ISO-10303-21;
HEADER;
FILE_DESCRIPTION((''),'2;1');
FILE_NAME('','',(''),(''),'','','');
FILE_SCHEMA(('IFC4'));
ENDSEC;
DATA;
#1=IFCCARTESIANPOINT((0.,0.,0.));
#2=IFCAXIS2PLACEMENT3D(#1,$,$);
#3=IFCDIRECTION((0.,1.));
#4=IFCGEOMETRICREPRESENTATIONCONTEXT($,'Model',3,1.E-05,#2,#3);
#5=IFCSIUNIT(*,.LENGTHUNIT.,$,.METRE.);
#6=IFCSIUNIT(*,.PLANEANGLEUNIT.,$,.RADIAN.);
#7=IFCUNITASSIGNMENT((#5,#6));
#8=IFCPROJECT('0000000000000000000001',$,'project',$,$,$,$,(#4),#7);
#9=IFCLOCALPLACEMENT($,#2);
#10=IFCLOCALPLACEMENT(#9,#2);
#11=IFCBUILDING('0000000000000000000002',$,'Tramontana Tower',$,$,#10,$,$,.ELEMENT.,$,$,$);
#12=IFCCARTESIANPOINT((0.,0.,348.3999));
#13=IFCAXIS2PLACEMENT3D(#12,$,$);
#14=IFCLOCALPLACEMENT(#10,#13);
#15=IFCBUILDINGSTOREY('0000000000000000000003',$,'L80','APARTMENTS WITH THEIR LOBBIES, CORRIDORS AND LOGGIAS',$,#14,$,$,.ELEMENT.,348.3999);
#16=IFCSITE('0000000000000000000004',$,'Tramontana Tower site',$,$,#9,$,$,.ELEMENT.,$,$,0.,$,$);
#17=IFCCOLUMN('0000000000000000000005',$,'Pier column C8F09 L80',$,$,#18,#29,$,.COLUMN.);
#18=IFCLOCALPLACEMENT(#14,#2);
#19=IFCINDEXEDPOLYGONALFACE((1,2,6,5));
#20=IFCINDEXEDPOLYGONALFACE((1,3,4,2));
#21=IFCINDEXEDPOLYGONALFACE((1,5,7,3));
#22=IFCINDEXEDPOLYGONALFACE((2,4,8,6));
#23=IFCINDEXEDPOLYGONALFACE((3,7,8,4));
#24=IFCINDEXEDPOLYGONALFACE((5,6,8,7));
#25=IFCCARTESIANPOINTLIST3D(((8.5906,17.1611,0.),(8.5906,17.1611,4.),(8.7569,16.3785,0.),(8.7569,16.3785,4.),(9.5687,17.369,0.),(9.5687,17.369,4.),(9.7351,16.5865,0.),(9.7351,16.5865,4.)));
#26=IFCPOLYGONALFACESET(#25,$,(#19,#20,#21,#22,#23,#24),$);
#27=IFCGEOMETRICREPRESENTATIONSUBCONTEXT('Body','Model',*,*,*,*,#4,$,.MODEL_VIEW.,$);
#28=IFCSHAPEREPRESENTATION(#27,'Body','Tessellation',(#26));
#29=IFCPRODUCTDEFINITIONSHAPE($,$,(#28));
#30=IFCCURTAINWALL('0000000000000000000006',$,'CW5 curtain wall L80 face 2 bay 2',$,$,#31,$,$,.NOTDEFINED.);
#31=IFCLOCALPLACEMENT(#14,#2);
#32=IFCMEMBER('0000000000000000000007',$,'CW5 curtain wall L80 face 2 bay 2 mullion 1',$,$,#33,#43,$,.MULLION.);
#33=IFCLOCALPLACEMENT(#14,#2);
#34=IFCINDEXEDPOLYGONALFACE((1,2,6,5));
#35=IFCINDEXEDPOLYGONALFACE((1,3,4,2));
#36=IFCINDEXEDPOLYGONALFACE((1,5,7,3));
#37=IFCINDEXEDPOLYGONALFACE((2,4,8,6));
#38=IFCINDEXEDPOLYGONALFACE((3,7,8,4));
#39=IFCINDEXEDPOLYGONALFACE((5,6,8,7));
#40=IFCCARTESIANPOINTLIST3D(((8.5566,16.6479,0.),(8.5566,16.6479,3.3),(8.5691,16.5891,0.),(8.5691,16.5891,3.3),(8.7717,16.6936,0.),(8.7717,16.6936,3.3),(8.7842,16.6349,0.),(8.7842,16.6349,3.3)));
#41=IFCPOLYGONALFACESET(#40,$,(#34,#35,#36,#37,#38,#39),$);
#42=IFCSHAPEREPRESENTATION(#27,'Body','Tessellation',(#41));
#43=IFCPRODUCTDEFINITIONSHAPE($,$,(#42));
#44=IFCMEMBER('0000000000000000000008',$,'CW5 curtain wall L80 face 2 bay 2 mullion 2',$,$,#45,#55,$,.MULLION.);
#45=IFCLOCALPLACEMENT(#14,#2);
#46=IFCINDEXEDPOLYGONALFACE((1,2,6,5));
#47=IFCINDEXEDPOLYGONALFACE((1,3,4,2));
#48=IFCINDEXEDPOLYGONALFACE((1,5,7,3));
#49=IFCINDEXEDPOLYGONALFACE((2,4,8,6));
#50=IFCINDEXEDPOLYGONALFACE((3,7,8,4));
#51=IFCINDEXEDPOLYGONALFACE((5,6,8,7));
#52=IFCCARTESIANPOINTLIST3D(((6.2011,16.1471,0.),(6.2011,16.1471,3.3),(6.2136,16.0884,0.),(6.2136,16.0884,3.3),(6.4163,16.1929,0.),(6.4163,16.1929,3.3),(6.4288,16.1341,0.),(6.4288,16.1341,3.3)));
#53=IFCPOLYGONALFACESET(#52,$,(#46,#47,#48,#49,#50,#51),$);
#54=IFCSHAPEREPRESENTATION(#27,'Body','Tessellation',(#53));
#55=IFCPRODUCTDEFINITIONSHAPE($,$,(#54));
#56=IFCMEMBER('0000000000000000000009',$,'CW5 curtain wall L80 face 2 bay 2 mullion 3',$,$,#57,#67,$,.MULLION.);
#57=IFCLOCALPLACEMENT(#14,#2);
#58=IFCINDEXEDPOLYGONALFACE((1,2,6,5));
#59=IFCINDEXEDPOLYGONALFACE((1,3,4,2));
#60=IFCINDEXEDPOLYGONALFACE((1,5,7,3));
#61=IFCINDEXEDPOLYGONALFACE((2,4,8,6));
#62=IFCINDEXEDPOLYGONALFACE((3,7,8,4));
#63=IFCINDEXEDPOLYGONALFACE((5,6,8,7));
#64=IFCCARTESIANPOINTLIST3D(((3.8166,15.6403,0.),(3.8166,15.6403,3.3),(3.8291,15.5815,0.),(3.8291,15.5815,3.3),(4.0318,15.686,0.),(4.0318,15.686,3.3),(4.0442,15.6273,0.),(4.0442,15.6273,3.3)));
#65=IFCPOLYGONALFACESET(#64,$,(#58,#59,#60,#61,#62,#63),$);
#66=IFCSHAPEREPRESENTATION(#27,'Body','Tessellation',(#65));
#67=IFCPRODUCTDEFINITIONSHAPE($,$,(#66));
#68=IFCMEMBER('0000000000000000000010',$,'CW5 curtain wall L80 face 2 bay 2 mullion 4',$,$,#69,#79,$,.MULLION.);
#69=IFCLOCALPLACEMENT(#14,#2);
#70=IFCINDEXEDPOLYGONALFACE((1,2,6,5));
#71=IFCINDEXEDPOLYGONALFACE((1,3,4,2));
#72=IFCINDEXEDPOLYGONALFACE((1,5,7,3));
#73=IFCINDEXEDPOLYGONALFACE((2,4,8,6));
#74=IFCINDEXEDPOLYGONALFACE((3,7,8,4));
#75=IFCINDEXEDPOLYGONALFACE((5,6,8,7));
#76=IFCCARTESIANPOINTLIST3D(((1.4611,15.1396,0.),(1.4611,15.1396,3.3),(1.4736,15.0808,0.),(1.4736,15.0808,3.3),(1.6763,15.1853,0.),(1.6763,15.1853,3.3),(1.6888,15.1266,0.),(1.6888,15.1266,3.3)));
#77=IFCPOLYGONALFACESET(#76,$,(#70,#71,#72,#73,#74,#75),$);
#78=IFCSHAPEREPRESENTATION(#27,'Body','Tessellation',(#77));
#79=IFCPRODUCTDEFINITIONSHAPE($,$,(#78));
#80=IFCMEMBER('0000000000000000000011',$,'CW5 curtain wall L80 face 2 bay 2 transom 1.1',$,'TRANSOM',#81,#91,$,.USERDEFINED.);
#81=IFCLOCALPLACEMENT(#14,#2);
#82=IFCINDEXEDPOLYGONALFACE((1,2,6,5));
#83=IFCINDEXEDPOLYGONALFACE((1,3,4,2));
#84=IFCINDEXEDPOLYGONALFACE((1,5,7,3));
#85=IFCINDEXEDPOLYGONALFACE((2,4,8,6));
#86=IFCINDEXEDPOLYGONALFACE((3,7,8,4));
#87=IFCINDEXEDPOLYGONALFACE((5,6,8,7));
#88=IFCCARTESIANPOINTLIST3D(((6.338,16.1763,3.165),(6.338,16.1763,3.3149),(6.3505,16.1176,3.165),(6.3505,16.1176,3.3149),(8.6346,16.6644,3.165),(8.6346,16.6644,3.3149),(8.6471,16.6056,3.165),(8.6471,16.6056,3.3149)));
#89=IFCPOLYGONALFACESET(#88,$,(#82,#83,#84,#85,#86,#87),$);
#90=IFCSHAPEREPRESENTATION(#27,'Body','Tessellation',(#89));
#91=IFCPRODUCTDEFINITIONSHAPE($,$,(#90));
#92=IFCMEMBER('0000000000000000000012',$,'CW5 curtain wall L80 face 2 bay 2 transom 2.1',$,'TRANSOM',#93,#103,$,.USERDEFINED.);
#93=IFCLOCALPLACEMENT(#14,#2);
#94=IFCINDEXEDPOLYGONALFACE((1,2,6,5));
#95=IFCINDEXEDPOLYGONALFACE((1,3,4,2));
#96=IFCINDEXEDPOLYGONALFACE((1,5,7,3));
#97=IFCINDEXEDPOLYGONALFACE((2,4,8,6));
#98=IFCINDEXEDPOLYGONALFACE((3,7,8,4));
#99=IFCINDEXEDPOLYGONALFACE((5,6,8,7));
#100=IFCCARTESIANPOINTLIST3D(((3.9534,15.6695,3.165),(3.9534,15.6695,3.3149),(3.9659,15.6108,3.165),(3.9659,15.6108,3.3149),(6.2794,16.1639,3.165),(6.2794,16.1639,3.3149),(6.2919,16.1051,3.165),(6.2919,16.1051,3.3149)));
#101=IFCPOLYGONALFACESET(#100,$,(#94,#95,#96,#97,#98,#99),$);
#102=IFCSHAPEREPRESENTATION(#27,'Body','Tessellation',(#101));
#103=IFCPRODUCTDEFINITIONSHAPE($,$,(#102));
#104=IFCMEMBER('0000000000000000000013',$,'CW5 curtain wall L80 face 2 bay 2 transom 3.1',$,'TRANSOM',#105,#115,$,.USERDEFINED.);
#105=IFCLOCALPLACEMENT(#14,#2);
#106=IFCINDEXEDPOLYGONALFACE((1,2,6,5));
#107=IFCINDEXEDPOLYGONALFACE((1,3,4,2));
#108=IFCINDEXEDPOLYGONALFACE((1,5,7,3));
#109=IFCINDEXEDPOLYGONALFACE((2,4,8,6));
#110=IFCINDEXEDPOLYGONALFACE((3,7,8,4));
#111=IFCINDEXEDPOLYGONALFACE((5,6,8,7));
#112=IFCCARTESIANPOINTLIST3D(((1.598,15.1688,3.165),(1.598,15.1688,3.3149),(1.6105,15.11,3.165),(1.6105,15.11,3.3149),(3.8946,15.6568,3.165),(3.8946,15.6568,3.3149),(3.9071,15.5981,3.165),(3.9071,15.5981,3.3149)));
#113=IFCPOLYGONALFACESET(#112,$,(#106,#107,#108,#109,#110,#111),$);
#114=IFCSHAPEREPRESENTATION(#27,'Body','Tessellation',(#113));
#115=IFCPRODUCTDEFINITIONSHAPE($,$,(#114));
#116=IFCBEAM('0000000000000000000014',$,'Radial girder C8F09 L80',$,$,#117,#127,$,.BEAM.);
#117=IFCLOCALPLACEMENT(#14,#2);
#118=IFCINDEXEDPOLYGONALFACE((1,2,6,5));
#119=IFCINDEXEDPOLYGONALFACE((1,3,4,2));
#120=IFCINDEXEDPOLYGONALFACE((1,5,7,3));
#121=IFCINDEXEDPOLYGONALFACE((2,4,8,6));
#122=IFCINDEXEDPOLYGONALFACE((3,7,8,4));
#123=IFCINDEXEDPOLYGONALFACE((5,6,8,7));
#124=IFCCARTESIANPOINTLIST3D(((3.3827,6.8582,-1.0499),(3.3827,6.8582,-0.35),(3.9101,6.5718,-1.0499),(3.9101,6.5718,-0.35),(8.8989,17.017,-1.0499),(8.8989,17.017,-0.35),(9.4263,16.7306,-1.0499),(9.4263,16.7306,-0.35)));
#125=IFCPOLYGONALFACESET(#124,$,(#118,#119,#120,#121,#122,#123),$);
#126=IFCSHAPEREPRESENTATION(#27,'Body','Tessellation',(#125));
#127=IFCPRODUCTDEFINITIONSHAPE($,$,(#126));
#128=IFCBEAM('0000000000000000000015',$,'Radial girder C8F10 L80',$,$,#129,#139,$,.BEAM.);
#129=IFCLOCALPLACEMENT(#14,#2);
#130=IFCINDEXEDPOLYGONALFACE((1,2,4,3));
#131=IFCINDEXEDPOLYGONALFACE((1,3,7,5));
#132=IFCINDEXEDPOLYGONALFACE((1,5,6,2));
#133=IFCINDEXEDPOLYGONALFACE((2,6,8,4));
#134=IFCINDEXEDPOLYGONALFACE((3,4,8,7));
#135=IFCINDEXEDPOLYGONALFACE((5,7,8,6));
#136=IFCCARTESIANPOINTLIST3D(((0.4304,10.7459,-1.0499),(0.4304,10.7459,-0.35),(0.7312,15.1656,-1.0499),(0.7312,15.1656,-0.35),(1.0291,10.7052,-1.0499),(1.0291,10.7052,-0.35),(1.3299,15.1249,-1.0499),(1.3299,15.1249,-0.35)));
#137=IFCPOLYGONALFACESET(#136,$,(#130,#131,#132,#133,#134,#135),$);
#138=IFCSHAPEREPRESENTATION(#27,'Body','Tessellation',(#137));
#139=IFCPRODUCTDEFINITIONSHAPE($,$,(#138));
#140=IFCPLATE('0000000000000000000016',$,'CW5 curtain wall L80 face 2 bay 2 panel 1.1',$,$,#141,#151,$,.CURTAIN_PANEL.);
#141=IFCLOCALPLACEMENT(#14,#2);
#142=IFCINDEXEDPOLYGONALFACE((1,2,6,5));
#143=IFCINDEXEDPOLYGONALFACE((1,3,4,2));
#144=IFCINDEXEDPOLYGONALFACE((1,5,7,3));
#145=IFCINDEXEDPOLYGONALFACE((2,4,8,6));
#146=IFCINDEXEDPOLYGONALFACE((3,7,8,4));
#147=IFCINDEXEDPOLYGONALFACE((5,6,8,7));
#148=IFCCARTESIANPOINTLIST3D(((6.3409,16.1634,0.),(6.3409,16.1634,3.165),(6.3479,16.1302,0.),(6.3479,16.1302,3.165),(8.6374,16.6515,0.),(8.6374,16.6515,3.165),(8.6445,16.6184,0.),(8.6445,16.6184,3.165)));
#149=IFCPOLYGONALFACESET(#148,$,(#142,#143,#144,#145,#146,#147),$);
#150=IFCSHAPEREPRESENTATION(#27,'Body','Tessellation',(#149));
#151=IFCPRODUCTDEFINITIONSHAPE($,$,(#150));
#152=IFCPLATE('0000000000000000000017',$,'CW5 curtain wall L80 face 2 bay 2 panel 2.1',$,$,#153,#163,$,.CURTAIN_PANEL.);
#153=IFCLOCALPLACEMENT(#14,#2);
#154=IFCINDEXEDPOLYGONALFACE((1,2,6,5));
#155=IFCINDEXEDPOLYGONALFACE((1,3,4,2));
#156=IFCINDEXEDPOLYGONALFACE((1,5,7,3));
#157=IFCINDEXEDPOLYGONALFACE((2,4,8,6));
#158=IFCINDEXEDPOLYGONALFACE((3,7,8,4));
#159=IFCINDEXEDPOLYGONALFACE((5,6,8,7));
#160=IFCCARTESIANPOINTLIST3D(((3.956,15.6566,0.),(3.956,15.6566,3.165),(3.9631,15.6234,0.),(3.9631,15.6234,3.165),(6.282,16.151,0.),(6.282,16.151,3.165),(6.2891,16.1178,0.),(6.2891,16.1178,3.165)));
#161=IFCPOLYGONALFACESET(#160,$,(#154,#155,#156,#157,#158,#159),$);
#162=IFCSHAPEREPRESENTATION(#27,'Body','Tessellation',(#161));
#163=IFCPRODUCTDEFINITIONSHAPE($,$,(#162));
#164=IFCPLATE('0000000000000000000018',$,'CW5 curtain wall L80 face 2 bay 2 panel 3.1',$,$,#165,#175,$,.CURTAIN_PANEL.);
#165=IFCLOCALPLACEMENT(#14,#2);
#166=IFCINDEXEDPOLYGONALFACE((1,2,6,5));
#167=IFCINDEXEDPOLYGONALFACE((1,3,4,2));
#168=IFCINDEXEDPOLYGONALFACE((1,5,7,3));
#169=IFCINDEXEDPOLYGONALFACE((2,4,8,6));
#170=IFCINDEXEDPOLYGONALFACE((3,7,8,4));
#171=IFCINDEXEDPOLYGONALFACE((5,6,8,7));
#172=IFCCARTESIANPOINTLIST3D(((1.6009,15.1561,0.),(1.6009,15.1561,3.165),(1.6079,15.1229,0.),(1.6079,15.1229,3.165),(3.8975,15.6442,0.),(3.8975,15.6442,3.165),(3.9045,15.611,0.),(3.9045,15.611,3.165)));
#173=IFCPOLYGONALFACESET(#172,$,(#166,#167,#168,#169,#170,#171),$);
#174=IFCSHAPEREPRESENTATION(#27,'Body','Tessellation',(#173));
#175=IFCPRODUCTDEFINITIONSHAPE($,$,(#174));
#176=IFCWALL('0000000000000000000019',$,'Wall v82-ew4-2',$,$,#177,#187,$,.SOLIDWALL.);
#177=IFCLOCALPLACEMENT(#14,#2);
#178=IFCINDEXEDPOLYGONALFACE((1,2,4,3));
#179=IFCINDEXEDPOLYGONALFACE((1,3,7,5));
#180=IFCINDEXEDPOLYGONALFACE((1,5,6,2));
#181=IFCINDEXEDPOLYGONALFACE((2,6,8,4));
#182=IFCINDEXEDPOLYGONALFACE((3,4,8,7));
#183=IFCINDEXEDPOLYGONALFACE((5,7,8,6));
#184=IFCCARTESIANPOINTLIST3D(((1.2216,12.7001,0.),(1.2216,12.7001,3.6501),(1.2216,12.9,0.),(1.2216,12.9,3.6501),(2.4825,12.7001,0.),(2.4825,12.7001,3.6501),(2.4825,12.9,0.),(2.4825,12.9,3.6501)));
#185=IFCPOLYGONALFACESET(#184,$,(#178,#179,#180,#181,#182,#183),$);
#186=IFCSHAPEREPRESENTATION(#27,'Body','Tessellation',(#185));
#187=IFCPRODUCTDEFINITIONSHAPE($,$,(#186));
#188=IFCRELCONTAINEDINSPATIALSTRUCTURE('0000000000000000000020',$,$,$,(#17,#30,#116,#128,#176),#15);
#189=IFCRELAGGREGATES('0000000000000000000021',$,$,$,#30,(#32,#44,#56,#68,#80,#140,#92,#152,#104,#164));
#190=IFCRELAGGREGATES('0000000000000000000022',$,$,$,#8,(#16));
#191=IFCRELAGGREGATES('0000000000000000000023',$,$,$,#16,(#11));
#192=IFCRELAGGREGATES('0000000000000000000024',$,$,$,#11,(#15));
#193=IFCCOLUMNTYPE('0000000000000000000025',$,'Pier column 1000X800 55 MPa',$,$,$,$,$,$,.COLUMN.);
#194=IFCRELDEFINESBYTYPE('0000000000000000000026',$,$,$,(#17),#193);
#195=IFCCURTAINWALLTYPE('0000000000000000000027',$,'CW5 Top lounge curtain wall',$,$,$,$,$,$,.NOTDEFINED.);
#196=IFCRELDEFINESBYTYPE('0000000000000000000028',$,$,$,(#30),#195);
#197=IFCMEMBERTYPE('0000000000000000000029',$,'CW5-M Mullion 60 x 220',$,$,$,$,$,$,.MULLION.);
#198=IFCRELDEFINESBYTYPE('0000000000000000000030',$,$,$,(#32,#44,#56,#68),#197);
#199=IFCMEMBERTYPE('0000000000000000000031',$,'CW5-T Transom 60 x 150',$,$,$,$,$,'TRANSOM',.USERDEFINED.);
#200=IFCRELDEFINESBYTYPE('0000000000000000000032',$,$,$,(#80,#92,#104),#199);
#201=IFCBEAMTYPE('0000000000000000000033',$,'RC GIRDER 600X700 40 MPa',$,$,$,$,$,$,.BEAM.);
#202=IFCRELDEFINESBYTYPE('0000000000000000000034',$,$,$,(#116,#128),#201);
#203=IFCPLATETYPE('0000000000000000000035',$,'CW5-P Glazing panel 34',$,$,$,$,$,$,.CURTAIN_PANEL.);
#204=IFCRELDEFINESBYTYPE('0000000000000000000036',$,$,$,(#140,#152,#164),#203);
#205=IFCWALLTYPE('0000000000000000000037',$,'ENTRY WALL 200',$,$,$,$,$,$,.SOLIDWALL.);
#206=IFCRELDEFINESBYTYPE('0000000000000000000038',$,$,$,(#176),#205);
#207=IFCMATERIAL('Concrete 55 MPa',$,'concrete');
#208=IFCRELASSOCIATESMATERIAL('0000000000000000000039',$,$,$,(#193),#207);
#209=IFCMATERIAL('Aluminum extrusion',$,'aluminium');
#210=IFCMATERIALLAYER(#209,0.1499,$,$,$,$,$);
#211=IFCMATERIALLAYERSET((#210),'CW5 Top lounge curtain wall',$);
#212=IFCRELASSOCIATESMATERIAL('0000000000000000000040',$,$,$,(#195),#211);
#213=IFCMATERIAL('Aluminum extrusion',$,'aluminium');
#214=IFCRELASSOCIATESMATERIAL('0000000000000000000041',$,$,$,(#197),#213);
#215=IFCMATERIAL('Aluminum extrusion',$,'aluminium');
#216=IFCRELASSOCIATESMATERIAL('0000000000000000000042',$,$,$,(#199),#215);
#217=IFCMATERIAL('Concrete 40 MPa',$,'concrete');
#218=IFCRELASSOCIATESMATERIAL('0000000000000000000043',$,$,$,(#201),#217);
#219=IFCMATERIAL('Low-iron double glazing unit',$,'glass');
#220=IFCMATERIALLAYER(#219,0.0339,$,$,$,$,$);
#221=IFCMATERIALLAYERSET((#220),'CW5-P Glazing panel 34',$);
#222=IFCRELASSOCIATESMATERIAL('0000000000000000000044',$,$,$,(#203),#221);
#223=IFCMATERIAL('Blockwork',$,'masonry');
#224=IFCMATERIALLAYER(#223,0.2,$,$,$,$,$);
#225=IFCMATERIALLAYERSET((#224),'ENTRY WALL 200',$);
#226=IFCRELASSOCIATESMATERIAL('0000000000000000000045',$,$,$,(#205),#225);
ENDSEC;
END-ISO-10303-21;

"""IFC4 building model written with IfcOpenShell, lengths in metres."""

from ifc_helpers import new_model, si_unit, direction, frame, frame_2d, origin, origin_2d, place, context, subcontext, project, spatial, rectangle, extrude, material, layer, layer_set, material_profile, profile_set, type_object, element, aggregate, save


model = new_model("IFC4")

# Units and contexts
model_context = context("Model", 3, precision=1e-05, world=origin(), true_north=direction((0.0, 1.0)))
body_context = subcontext(model_context, "Body", "Model", "MODEL_VIEW")
ifc_project = project(units=[si_unit("LENGTHUNIT", "METRE"), si_unit("PLANEANGLEUNIT", "RADIAN")], contexts=[model_context])

# Site, building, storey
site_placement = place(None, origin())
site = spatial("IfcSite", under=ifc_project, at=site_placement, Name="Tramontana Tower site", CompositionType="ELEMENT", RefElevation=0.0)
building_placement = place(site_placement, origin())
building = spatial("IfcBuilding", under=site, at=building_placement, Name="Tramontana Tower", CompositionType="ELEMENT")
storey_placement = place(building_placement, frame((0.0, 0.0, 348.3999)))
storey = spatial("IfcBuildingStorey", under=building, at=storey_placement, Name="L80", Description="APARTMENTS WITH THEIR LOBBIES, CORRIDORS AND LOGGIAS", CompositionType="ELEMENT", Elevation=348.3999)

# Column
ifc_material_1 = material(Name="Concrete 55 MPa", Category="concrete")
ifc_material_profile_1 = material_profile(ifc_material_1, rectangle(XDim=1.0, YDim=0.8, at=origin_2d()), Name="Pier column 1000X800 55 MPa")
ifc_profile_set_1 = profile_set([ifc_material_profile_1], Name="Concrete 55 MPa")
column_type = type_object("IfcColumnType", Name="Pier column 1000X800 55 MPa", PredefinedType="COLUMN", material=ifc_profile_set_1)
column_placement = place(storey_placement, frame((9.1628, 16.8738, 0.0), z_axis=(0.0, 0.0, 1.0), x_axis=(-0.978148, -0.207912, 0.0)))
element("IfcColumn", 1, at=column_placement, inside=storey, type_object=column_type, Name="Pier column C8F09 L80", PredefinedType="COLUMN", context=body_context, shape_type="SweptSolid", body=[
    extrude(rectangle(XDim=1.0, YDim=0.8, at=origin_2d()), origin(), (0.0, 0.0, 1.0), 4.0),
])

# Curtain wall, members
ifc_material_2 = material(Name="Aluminum extrusion", Category="aluminium")
ifc_layer_1 = layer(ifc_material_2, 0.1499)
ifc_layer_set_1 = layer_set([ifc_layer_1], Name="CW5 Top lounge curtain wall")
curtain_wall_type = type_object("IfcCurtainWallType", Name="CW5 Top lounge curtain wall", PredefinedType="NOTDEFINED", material=ifc_layer_set_1)
curtain_wall_placement = place(storey_placement, origin())
curtain_wall = element("IfcCurtainWall", 2, at=curtain_wall_placement, inside=storey, type_object=curtain_wall_type, Name="CW5 curtain wall L80 face 2 bay 2", PredefinedType="NOTDEFINED")
ifc_material_3 = material(Name="Aluminum extrusion", Category="aluminium")
ifc_material_profile_2 = material_profile(ifc_material_3, rectangle(XDim=0.0601, YDim=0.22, at=origin_2d()), Name="CW5-M Mullion 60 x 220")
ifc_profile_set_2 = profile_set([ifc_material_profile_2], Name="Aluminum extrusion")
member_type_1 = type_object("IfcMemberType", Name="CW5-M Mullion 60 x 220", PredefinedType="MULLION", material=ifc_profile_set_2)
member_1_placement = place(storey_placement, frame((8.6704, 16.6414, 0.0), z_axis=(0.0, 0.0, 1.0), x_axis=(0.207912, -0.978148, 0.0)))
member_1 = element("IfcMember", 3, at=member_1_placement, type_object=member_type_1, Name="CW5 curtain wall L80 face 2 bay 2 mullion 1", PredefinedType="MULLION", context=body_context, shape_type="SweptSolid", body=[
    extrude(rectangle(XDim=0.0601, YDim=0.22, at=origin_2d()), origin(), (0.0, 0.0, 1.0), 3.3),
])
member_2_placement = place(storey_placement, frame((6.3149, 16.1406, 0.0), z_axis=(0.0, 0.0, 1.0), x_axis=(0.207912, -0.978148, 0.0)))
member_2 = element("IfcMember", 4, at=member_2_placement, type_object=member_type_1, Name="CW5 curtain wall L80 face 2 bay 2 mullion 2", PredefinedType="MULLION", context=body_context, shape_type="SweptSolid", body=[
    extrude(rectangle(XDim=0.0601, YDim=0.22, at=origin_2d()), origin(), (0.0, 0.0, 1.0), 3.3),
])
member_3_placement = place(storey_placement, frame((3.9304, 15.6338, 0.0), z_axis=(0.0, 0.0, 1.0), x_axis=(0.207912, -0.978148, 0.0)))
member_3 = element("IfcMember", 5, at=member_3_placement, type_object=member_type_1, Name="CW5 curtain wall L80 face 2 bay 2 mullion 3", PredefinedType="MULLION", context=body_context, shape_type="SweptSolid", body=[
    extrude(rectangle(XDim=0.0601, YDim=0.22, at=origin_2d()), origin(), (0.0, 0.0, 1.0), 3.3),
])
member_4_placement = place(storey_placement, frame((1.575, 15.1331, 0.0), z_axis=(0.0, 0.0, 1.0), x_axis=(0.207912, -0.978148, 0.0)))
member_4 = element("IfcMember", 6, at=member_4_placement, type_object=member_type_1, Name="CW5 curtain wall L80 face 2 bay 2 mullion 4", PredefinedType="MULLION", context=body_context, shape_type="SweptSolid", body=[
    extrude(rectangle(XDim=0.0601, YDim=0.22, at=origin_2d()), origin(), (0.0, 0.0, 1.0), 3.3),
])
ifc_material_4 = material(Name="Aluminum extrusion", Category="aluminium")
ifc_material_profile_3 = material_profile(ifc_material_4, rectangle(XDim=0.0601, YDim=0.1499, at=origin_2d()), Name="CW5-T Transom 60 x 150")
ifc_profile_set_3 = profile_set([ifc_material_profile_3], Name="Aluminum extrusion")
member_type_2 = type_object("IfcMemberType", Name="CW5-T Transom 60 x 150", ElementType="TRANSOM", PredefinedType="USERDEFINED", material=ifc_profile_set_3)
member_5_placement = place(storey_placement, frame((8.6409, 16.635, 3.24), z_axis=(-0.978159, -0.20786, 0.0), x_axis=(0.20786, -0.978159, 0.0)))
member_5 = element("IfcMember", 7, at=member_5_placement, type_object=member_type_2, Name="CW5 curtain wall L80 face 2 bay 2 transom 1.1", ObjectType="TRANSOM", PredefinedType="USERDEFINED", context=body_context, shape_type="SweptSolid", body=[
    extrude(rectangle(XDim=0.0601, YDim=0.1499, at=origin_2d()), origin(), (0.0, 0.0, 1.0), 2.3479),
])
member_6_placement = place(storey_placement, frame((6.2856, 16.1345, 3.24), z_axis=(-0.978148, -0.207909, 0.0), x_axis=(0.207909, -0.978148, 0.0)))
member_6 = element("IfcMember", 8, at=member_6_placement, type_object=member_type_2, Name="CW5 curtain wall L80 face 2 bay 2 transom 2.1", ObjectType="TRANSOM", PredefinedType="USERDEFINED", context=body_context, shape_type="SweptSolid", body=[
    extrude(rectangle(XDim=0.0601, YDim=0.1499, at=origin_2d()), origin(), (0.0, 0.0, 1.0), 2.3779),
])
member_7_placement = place(storey_placement, frame((3.9009, 15.6274, 3.24), z_axis=(-0.978159, -0.20786, 0.0), x_axis=(0.20786, -0.978159, 0.0)))
member_7 = element("IfcMember", 9, at=member_7_placement, type_object=member_type_2, Name="CW5 curtain wall L80 face 2 bay 2 transom 3.1", ObjectType="TRANSOM", PredefinedType="USERDEFINED", context=body_context, shape_type="SweptSolid", body=[
    extrude(rectangle(XDim=0.0601, YDim=0.1499, at=origin_2d()), origin(), (0.0, 0.0, 1.0), 2.3479),
])

# Beams
ifc_material_5 = material(Name="Concrete 40 MPa", Category="concrete")
ifc_material_profile_4 = material_profile(ifc_material_5, rectangle(XDim=0.6001, YDim=0.7, at=origin_2d()), Name="RC GIRDER 600X700 40 MPa")
ifc_profile_set_4 = profile_set([ifc_material_profile_4], Name="Concrete 40 MPa")
beam_type = type_object("IfcBeamType", Name="RC GIRDER 600X700 40 MPa", PredefinedType="BEAM", material=ifc_profile_set_4)
beam_1_placement = place(storey_placement, frame((9.1626, 16.8738, -0.7), z_axis=(-0.477185, -0.878803, 0.0), x_axis=(0.878803, -0.477185, 0.0)))
element("IfcBeam", 10, at=beam_1_placement, inside=storey, type_object=beam_type, Name="Radial girder C8F09 L80", PredefinedType="BEAM", context=body_context, shape_type="SweptSolid", body=[
    extrude(rectangle(XDim=0.6001, YDim=0.7, at=origin_2d()), origin(), (0.0, 0.0, 1.0), 11.5598),
])
beam_2_placement = place(storey_placement, frame((1.0305, 15.1453, -0.7), z_axis=(-0.067898, -0.997692, 0.0), x_axis=(0.997692, -0.067898, 0.0)))
element("IfcBeam", 11, at=beam_2_placement, inside=storey, type_object=beam_type, Name="Radial girder C8F10 L80", PredefinedType="BEAM", context=body_context, shape_type="SweptSolid", body=[
    extrude(rectangle(XDim=0.6001, YDim=0.7, at=origin_2d()), origin(), (0.0, 0.0, 1.0), 4.4299),
])

# Plates
ifc_material_6 = material(Name="Low-iron double glazing unit", Category="glass")
ifc_layer_2 = layer(ifc_material_6, 0.0339)
ifc_layer_set_2 = layer_set([ifc_layer_2], Name="CW5-P Glazing panel 34")
plate_type = type_object("IfcPlateType", Name="CW5-P Glazing panel 34", PredefinedType="CURTAIN_PANEL", material=ifc_layer_set_2)
plate_1_placement = place(storey_placement, frame((7.4927, 16.3909, 0.0), z_axis=(0.0, 0.0, 1.0), x_axis=(-0.978148, -0.207912, 0.0)))
plate_1 = element("IfcPlate", 12, at=plate_1_placement, type_object=plate_type, Name="CW5 curtain wall L80 face 2 bay 2 panel 1.1", PredefinedType="CURTAIN_PANEL", context=body_context, shape_type="SweptSolid", body=[
    extrude(rectangle(XDim=2.3479, YDim=0.0339, at=origin_2d()), origin(), (0.0, 0.0, 1.0), 3.165),
])
plate_2_placement = place(storey_placement, frame((5.1226, 15.8872, 0.0), z_axis=(0.0, 0.0, 1.0), x_axis=(-0.978148, -0.207912, 0.0)))
plate_2 = element("IfcPlate", 13, at=plate_2_placement, type_object=plate_type, Name="CW5 curtain wall L80 face 2 bay 2 panel 2.1", PredefinedType="CURTAIN_PANEL", context=body_context, shape_type="SweptSolid", body=[
    extrude(rectangle(XDim=2.3779, YDim=0.0339, at=origin_2d()), origin(), (0.0, 0.0, 1.0), 3.165),
])
plate_3_placement = place(storey_placement, frame((2.7527, 15.3835, 0.0), z_axis=(0.0, 0.0, 1.0), x_axis=(-0.978148, -0.207912, 0.0)))
plate_3 = element("IfcPlate", 14, at=plate_3_placement, type_object=plate_type, Name="CW5 curtain wall L80 face 2 bay 2 panel 3.1", PredefinedType="CURTAIN_PANEL", context=body_context, shape_type="SweptSolid", body=[
    extrude(rectangle(XDim=2.3479, YDim=0.0339, at=origin_2d()), origin(), (0.0, 0.0, 1.0), 3.165),
])
aggregate(curtain_wall, [member_1, member_2, member_3, member_4, member_5, plate_1, member_6, plate_2, member_7, plate_3])

# Wall
ifc_material_7 = material(Name="Blockwork", Category="masonry")
ifc_layer_3 = layer(ifc_material_7, 0.2)
ifc_layer_set_3 = layer_set([ifc_layer_3], Name="ENTRY WALL 200")
wall_type_1 = type_object("IfcWallType", Name="ENTRY WALL 200", PredefinedType="SOLIDWALL", material=ifc_layer_set_3)
wall_1_placement = place(storey_placement, frame((1.2217, 12.8, 0.0), z_axis=(0.0, 0.0, 1.0), x_axis=(1.0, 0.0, 0.0)))
element("IfcWall", 15, at=wall_1_placement, inside=storey, type_object=wall_type_1, Name="Wall v82-ew4-2", PredefinedType="SOLIDWALL", context=body_context, shape_type="SweptSolid", body=[
    extrude(rectangle(XDim=1.261, YDim=0.2, at=frame_2d((0.6304, 0.0))), origin(), (0.0, 0.0, 1.0), 3.6501),
])

save(model, "model.ifc")
